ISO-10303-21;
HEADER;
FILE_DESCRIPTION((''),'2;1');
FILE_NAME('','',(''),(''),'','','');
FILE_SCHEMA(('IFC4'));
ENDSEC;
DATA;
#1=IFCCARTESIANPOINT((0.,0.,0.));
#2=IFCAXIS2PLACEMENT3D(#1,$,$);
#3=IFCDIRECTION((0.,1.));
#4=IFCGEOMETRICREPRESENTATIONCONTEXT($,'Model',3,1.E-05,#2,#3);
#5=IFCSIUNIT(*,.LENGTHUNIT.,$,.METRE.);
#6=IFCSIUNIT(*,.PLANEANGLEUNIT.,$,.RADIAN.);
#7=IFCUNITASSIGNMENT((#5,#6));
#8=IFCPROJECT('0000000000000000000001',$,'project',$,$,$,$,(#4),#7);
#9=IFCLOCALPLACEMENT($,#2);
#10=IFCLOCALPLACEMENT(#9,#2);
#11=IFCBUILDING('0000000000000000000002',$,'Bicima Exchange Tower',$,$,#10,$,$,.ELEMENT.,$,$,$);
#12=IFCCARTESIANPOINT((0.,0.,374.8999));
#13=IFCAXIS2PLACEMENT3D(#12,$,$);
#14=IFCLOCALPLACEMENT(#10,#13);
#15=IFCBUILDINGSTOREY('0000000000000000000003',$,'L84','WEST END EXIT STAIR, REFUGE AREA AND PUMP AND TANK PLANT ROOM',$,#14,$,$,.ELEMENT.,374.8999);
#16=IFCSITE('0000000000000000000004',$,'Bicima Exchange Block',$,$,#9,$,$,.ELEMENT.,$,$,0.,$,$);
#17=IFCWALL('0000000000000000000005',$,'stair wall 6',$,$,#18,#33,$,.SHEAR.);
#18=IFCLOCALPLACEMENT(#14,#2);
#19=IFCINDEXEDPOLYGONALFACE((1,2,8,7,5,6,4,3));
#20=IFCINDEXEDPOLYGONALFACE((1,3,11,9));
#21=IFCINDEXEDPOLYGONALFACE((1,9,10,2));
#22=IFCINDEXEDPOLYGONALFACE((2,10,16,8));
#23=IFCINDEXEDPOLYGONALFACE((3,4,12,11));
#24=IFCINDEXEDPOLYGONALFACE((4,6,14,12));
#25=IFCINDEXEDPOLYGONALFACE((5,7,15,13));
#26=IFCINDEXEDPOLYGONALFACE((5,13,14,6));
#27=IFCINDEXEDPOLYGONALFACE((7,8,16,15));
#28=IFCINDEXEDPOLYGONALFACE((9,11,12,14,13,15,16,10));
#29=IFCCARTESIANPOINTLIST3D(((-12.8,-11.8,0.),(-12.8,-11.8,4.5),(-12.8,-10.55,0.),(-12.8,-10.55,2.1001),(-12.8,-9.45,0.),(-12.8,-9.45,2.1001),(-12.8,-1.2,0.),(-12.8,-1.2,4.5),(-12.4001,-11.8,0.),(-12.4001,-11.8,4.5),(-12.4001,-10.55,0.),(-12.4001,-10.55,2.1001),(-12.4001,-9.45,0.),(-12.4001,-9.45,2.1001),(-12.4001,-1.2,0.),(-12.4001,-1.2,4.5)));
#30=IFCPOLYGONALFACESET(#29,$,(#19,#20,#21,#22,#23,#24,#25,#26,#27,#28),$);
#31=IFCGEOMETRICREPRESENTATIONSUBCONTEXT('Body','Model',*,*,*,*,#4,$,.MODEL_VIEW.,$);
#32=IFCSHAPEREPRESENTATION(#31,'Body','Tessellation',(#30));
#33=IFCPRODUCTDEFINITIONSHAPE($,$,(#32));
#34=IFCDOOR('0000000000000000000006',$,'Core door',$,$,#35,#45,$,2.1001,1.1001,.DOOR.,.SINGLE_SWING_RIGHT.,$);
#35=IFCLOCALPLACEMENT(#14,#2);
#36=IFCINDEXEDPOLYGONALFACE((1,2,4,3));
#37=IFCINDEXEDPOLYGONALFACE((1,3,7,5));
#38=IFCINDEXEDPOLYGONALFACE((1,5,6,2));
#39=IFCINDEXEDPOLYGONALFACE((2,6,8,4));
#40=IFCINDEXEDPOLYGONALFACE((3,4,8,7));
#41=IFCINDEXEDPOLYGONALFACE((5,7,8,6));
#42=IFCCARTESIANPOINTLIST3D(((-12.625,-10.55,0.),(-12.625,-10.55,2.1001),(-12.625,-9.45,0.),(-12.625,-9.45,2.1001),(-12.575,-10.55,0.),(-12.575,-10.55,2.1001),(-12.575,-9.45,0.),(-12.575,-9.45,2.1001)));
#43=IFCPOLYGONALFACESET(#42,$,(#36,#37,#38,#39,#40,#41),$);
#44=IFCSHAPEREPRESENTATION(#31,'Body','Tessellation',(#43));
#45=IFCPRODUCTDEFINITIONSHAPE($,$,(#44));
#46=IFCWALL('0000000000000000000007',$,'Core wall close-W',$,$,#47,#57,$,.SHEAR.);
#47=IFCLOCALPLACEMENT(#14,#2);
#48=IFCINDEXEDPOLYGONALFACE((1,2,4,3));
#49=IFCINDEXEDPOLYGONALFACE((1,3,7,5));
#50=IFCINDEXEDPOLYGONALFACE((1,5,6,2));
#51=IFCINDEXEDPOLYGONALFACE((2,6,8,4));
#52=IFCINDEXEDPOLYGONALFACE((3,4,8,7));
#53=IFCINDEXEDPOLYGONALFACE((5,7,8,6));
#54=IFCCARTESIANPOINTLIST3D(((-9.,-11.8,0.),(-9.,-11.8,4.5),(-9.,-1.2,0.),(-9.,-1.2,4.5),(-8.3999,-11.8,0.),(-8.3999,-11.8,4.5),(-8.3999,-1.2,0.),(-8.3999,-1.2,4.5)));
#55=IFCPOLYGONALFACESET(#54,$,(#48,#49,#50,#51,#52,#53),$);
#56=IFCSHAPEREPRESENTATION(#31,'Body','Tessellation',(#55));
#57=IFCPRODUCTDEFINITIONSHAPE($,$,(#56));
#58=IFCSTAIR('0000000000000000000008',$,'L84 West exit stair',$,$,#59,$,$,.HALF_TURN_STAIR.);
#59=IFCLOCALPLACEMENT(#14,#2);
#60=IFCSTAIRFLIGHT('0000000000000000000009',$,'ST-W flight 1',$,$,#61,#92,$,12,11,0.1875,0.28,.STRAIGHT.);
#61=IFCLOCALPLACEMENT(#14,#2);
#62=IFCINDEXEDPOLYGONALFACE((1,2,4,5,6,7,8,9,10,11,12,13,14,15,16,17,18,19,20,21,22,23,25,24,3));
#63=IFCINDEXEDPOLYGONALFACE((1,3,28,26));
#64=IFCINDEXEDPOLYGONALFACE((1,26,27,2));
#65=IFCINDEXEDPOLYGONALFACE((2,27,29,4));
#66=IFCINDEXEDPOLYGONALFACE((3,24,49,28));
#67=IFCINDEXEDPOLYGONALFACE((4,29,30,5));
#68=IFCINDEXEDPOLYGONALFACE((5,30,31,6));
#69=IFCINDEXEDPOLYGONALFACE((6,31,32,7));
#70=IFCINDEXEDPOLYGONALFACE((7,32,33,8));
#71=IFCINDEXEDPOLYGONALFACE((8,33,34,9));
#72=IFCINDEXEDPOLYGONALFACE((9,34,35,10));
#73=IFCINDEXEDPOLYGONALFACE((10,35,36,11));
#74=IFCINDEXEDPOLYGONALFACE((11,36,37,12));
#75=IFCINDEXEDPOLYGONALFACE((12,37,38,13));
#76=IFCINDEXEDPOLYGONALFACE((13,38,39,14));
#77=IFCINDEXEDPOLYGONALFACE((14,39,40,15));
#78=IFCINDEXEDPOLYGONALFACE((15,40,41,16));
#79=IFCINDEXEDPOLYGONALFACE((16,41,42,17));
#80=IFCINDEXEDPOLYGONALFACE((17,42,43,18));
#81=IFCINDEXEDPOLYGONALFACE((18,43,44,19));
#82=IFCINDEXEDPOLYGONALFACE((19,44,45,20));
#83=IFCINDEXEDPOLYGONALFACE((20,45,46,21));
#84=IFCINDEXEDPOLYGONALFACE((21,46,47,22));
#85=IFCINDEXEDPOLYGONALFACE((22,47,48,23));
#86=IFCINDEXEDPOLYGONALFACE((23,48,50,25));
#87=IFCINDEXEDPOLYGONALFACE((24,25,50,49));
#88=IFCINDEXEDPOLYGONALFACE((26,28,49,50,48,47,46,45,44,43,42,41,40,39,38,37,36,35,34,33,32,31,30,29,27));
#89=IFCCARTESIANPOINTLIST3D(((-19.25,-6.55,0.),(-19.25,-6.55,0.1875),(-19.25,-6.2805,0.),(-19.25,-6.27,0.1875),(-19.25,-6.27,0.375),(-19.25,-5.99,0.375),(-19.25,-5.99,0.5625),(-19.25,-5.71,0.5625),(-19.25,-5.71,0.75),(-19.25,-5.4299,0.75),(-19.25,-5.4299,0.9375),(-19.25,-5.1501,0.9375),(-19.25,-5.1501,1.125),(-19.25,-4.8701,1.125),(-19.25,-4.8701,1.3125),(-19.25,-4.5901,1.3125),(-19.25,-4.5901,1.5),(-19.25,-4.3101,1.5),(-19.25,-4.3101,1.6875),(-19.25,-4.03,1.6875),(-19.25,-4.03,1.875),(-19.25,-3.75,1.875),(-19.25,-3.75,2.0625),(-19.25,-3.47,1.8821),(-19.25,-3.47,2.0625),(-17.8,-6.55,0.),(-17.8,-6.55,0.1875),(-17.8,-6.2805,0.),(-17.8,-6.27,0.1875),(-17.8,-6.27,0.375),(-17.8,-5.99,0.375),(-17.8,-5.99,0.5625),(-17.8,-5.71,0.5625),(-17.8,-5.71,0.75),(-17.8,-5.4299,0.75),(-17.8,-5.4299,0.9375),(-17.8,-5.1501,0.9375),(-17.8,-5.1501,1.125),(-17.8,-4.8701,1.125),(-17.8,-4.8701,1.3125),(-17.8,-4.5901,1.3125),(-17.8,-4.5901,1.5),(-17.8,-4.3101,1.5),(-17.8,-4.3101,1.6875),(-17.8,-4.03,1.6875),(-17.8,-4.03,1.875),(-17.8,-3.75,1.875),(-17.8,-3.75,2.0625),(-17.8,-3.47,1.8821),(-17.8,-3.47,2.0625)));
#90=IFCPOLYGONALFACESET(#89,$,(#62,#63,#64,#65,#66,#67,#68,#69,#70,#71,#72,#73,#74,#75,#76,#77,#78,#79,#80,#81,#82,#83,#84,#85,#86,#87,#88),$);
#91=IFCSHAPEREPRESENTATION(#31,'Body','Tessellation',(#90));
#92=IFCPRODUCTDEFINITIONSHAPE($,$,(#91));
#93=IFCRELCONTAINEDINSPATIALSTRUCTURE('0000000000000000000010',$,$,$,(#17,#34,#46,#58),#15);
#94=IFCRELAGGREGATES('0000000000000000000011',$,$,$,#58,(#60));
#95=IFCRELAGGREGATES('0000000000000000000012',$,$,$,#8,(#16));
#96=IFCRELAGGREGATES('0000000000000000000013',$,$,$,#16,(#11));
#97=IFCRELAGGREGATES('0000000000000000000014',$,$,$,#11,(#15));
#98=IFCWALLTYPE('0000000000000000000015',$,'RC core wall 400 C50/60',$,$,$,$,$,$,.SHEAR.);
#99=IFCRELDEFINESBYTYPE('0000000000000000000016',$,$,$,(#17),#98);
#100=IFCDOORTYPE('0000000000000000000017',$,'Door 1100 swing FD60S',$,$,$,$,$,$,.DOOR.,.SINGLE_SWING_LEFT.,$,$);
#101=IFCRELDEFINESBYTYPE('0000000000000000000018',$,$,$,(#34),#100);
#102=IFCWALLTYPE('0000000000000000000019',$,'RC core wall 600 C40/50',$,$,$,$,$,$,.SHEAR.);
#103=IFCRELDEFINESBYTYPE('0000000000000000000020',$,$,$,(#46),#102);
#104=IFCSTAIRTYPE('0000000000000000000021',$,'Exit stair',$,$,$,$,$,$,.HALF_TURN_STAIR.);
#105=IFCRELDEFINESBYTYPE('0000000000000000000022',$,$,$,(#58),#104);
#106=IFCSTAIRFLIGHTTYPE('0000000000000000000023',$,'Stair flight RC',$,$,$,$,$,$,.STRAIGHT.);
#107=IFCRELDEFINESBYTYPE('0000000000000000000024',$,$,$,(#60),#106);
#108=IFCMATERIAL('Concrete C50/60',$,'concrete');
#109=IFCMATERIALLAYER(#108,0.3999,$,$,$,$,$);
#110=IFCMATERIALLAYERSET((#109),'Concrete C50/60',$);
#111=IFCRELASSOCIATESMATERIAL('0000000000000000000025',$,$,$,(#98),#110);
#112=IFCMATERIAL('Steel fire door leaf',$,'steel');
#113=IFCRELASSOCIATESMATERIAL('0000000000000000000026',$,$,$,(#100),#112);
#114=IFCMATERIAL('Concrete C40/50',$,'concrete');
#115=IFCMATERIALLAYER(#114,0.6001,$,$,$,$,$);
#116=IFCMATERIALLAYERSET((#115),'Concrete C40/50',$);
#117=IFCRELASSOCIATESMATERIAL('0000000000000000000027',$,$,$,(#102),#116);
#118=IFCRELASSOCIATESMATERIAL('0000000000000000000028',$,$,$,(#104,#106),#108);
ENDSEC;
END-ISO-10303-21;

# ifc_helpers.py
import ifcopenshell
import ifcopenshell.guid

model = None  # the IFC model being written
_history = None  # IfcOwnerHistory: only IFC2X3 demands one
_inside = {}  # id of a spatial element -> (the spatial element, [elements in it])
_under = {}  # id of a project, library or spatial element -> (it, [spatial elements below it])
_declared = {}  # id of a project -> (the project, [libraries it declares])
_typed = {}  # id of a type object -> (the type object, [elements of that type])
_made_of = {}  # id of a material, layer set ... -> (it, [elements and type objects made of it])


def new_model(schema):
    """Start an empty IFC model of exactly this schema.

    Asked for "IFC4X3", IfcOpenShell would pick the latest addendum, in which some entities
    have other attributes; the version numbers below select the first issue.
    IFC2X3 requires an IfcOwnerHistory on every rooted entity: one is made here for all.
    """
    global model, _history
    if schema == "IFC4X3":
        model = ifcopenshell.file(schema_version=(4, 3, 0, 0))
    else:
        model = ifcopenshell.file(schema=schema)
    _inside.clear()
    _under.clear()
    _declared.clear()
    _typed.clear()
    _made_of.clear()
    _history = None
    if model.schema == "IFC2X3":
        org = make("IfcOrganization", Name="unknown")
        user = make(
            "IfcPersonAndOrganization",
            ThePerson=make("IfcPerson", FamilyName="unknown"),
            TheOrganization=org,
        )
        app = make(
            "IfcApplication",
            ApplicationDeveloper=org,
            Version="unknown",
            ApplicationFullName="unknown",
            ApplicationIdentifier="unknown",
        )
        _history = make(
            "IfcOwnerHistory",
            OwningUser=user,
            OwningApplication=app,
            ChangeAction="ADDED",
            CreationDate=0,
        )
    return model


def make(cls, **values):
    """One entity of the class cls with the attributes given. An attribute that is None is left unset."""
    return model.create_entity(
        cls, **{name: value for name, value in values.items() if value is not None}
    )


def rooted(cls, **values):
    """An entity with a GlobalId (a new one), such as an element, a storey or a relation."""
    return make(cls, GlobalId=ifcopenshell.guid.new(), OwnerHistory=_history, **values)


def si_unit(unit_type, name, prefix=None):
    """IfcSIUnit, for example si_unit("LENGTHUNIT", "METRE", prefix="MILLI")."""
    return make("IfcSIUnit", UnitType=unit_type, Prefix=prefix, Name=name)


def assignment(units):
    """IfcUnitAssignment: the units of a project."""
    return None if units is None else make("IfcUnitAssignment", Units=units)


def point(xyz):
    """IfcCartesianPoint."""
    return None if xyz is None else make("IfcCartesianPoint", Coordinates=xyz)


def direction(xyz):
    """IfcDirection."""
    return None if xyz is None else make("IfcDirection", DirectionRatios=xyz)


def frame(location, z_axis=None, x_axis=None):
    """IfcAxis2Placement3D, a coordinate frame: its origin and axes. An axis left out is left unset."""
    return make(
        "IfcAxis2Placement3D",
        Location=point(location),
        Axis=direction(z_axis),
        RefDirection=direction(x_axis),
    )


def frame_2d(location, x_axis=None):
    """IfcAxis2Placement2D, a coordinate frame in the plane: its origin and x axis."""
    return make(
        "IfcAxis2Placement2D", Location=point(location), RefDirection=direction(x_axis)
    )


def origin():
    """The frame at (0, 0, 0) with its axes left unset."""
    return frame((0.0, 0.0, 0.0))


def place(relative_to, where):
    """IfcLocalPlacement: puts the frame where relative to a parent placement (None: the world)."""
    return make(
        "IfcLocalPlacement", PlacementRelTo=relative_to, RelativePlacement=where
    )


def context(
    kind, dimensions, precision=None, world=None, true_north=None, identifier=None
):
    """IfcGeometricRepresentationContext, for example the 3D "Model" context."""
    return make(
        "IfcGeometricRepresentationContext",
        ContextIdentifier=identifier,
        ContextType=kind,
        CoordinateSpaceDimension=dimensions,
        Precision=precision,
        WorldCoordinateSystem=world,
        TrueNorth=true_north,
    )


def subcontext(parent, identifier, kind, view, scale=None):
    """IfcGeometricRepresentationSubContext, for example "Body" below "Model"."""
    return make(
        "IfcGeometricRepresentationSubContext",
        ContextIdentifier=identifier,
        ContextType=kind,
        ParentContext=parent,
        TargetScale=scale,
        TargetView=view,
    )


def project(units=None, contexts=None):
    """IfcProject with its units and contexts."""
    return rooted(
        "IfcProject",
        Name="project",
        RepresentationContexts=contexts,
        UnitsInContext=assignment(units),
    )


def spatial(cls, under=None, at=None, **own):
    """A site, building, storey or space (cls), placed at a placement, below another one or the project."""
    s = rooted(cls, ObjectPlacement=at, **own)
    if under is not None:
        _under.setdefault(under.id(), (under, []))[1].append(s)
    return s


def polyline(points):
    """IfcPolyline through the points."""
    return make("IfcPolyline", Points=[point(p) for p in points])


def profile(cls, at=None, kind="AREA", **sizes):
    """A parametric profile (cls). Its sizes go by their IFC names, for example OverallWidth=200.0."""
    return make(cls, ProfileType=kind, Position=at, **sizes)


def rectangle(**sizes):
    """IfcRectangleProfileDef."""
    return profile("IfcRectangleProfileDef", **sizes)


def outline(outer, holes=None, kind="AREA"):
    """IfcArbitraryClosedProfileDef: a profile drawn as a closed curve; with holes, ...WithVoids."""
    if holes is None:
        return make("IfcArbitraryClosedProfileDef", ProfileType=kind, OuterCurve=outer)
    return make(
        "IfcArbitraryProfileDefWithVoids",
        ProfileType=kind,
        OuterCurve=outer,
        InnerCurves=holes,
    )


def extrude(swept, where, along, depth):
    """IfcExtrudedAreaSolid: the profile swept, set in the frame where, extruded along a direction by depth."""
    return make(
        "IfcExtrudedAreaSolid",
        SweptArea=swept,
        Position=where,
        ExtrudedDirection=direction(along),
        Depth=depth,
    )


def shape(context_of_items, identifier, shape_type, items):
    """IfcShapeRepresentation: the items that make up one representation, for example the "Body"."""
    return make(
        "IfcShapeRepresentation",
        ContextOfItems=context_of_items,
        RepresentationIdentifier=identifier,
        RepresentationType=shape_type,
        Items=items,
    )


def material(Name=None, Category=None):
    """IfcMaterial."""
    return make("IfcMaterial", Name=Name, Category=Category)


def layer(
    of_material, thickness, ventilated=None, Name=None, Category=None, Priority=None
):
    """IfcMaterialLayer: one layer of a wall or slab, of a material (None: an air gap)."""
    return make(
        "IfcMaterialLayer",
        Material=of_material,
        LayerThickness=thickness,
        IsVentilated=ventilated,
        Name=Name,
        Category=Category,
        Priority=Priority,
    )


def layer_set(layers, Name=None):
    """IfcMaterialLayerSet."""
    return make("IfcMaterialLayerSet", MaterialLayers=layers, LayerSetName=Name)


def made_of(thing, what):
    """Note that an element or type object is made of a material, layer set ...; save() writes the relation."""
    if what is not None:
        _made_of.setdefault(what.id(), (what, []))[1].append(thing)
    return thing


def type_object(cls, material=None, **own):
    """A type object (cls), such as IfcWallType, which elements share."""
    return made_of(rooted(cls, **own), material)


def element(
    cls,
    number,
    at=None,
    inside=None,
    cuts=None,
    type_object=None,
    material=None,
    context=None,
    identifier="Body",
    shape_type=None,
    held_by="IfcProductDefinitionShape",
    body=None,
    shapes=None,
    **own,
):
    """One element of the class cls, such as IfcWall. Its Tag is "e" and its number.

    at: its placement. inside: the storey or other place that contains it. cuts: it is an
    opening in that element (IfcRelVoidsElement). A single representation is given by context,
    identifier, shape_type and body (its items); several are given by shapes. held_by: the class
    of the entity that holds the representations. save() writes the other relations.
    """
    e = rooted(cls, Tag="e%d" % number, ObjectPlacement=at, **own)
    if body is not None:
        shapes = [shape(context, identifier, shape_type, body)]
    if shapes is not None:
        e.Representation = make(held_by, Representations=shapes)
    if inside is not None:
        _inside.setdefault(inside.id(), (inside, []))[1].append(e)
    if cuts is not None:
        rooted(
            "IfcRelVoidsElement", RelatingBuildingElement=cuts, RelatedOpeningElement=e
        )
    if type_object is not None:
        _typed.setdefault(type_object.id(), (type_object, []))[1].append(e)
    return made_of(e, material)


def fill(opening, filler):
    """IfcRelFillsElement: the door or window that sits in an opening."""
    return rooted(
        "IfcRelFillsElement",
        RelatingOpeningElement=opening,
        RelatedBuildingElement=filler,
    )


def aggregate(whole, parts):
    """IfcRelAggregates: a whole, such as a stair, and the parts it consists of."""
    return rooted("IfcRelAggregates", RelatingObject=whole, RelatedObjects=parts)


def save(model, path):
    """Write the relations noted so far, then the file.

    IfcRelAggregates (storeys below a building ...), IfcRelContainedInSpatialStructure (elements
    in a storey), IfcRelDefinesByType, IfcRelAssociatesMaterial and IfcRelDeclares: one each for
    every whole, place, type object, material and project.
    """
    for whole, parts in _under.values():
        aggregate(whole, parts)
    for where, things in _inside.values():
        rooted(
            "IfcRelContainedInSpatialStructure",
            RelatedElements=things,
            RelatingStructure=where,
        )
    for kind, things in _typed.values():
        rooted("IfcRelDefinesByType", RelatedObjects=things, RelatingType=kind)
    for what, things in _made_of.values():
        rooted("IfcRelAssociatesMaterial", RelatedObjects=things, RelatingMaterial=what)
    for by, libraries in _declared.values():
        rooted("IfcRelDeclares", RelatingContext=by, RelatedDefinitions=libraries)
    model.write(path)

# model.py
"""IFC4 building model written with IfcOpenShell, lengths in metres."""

from ifc_helpers import new_model, si_unit, direction, frame, frame_2d, origin, place, context, subcontext, project, spatial, polyline, rectangle, outline, extrude, material, layer, layer_set, type_object, element, fill, aggregate, save


model = new_model("IFC4")

# Units and contexts
model_context = context("Model", 3, precision=1e-05, world=origin(), true_north=direction((0.0, 1.0)))
body_context = subcontext(model_context, "Body", "Model", "MODEL_VIEW")
ifc_project = project(units=[si_unit("LENGTHUNIT", "METRE"), si_unit("PLANEANGLEUNIT", "RADIAN")], contexts=[model_context])

# Site, building, storey
site_placement = place(None, origin())
site = spatial("IfcSite", under=ifc_project, at=site_placement, Name="Bicima Exchange Block", CompositionType="ELEMENT", RefElevation=0.0)
building_placement = place(site_placement, origin())
building = spatial("IfcBuilding", under=site, at=building_placement, Name="Bicima Exchange Tower", CompositionType="ELEMENT")
storey_placement = place(building_placement, frame((0.0, 0.0, 374.8999)))
storey = spatial("IfcBuildingStorey", under=building, at=storey_placement, Name="L84", Description="WEST END EXIT STAIR, REFUGE AREA AND PUMP AND TANK PLANT ROOM", CompositionType="ELEMENT", Elevation=374.8999)

# Shared definitions
ifc_material_1 = material(Name="Concrete C40/50", Category="concrete")

# Shared definitions
ifc_material_2 = material(Name="Concrete C50/60", Category="concrete")
ifc_layer_1 = layer(ifc_material_2, 0.3999)
ifc_layer_set_1 = layer_set([ifc_layer_1], Name="Concrete C50/60")
wall_type_1 = type_object("IfcWallType", Name="RC core wall 400 C50/60", PredefinedType="SHEAR", material=ifc_layer_set_1)
ifc_material_3 = material(Name="Steel fire door leaf", Category="steel")

# Shared definitions
door_type_1 = type_object("IfcDoorType", Name="Door 1100 swing FD60S", OperationType="SINGLE_SWING_LEFT", PredefinedType="DOOR", material=ifc_material_3)

# Wall, opening, door
wall_1_placement = place(storey_placement, frame((-12.6001, -11.8, 0.0), z_axis=(0.0, 0.0, 1.0), x_axis=(0.0, 1.0, 0.0)))
wall_1 = element("IfcWall", 1, at=wall_1_placement, inside=storey, type_object=wall_type_1, Name="stair wall 6", PredefinedType="SHEAR", context=body_context, shape_type="SweptSolid", body=[
    extrude(rectangle(XDim=10.6001, YDim=0.3999, at=frame_2d((5.3, 0.0))), origin(), (0.0, 0.0, 1.0), 4.5),
])
opening_1_placement = place(wall_1_placement, frame((1.25, 0.0, 0.0)))
opening_1 = element("IfcOpeningElement", 2, at=opening_1_placement, cuts=wall_1, PredefinedType="OPENING", context=body_context, shape_type="SweptSolid", body=[
    extrude(rectangle(XDim=1.1001, YDim=2.1001, at=frame_2d((0.55, 1.05))), frame((0.0, 0.2119, 0.0), z_axis=(0.0, -1.0, 0.0), x_axis=(1.0, 0.0, 0.0)), (0.0, 0.0, 1.0), 0.4238),
])
door_1_placement = place(opening_1_placement, origin())
door_1 = element("IfcDoor", 3, at=door_1_placement, inside=storey, type_object=door_type_1, Name="Core door", OperationType="SINGLE_SWING_RIGHT", OverallHeight=2.1001, OverallWidth=1.1001, PredefinedType="DOOR", context=body_context, shape_type="SweptSolid", body=[
    extrude(rectangle(XDim=1.1001, YDim=2.1001, at=frame_2d((0.55, 1.05))), frame((0.0, 0.0249, 0.0), z_axis=(0.0, -1.0, 0.0), x_axis=(1.0, 0.0, 0.0)), (0.0, 0.0, 1.0), 0.05),
])
fill(opening_1, door_1)

# Wall
ifc_layer_2 = layer(ifc_material_1, 0.6001)
ifc_layer_set_2 = layer_set([ifc_layer_2], Name="Concrete C40/50")
wall_type_2 = type_object("IfcWallType", Name="RC core wall 600 C40/50", PredefinedType="SHEAR", material=ifc_layer_set_2)
wall_2_placement = place(storey_placement, frame((-8.7, -11.8, 0.0), z_axis=(0.0, 0.0, 1.0), x_axis=(0.0, 1.0, 0.0)))
element("IfcWall", 4, at=wall_2_placement, inside=storey, type_object=wall_type_2, Name="Core wall close-W", PredefinedType="SHEAR", context=body_context, shape_type="SweptSolid", body=[
    extrude(rectangle(XDim=10.6001, YDim=0.6001, at=frame_2d((5.3, 0.0))), origin(), (0.0, 0.0, 1.0), 4.5),
])

# Stair, stair flight
stair_type = type_object("IfcStairType", Name="Exit stair", PredefinedType="HALF_TURN_STAIR", material=ifc_material_2)
stair_placement = place(storey_placement, origin())
stair = element("IfcStair", 5, at=stair_placement, inside=storey, type_object=stair_type, Name="L84 West exit stair", PredefinedType="HALF_TURN_STAIR")
stair_flight_type = type_object("IfcStairFlightType", Name="Stair flight RC", PredefinedType="STRAIGHT", material=ifc_material_2)
stair_flight_placement = place(storey_placement, frame((-18.5249, -6.55, 0.0), z_axis=(0.0, 0.0, 1.0), x_axis=(0.0, 1.0, 0.0)))
stair_flight = element("IfcStairFlight", 6, at=stair_flight_placement, type_object=stair_flight_type, Name="ST-W flight 1", NumberOfRisers=12, NumberOfTreads=11, PredefinedType="STRAIGHT", RiserHeight=0.1875, TreadLength=0.28, context=body_context, shape_type="SweptSolid", body=[
    extrude(outline(polyline([(0.0, 0.0), (0.0, 0.1875), (0.28, 0.1875), (0.28, 0.375), (0.5601, 0.375), (0.5601, 0.5625), (0.8401, 0.5625), (0.8401, 0.75), (1.1201, 0.75), (1.1201, 0.9375), (1.3999, 0.9375), (1.3999, 1.125), (1.6799, 1.125), (1.6799, 1.3125), (1.96, 1.3125), (1.96, 1.5), (2.24, 1.5), (2.24, 1.6875), (2.52, 1.6875), (2.52, 1.875), (2.8, 1.875), (2.8, 2.0625), (3.0801, 2.0625), (3.0801, 2.25), (3.0801, 1.8821), (0.2695, 0.0), (0.0, 0.0)])), frame((0.0, 0.7251, 0.0), z_axis=(0.0, -1.0, 0.0), x_axis=(1.0, 0.0, 0.0)), (0.0, 0.0, 1.0), 1.45),
])
aggregate(stair, [stair_flight])

save(model, "model.ifc")
